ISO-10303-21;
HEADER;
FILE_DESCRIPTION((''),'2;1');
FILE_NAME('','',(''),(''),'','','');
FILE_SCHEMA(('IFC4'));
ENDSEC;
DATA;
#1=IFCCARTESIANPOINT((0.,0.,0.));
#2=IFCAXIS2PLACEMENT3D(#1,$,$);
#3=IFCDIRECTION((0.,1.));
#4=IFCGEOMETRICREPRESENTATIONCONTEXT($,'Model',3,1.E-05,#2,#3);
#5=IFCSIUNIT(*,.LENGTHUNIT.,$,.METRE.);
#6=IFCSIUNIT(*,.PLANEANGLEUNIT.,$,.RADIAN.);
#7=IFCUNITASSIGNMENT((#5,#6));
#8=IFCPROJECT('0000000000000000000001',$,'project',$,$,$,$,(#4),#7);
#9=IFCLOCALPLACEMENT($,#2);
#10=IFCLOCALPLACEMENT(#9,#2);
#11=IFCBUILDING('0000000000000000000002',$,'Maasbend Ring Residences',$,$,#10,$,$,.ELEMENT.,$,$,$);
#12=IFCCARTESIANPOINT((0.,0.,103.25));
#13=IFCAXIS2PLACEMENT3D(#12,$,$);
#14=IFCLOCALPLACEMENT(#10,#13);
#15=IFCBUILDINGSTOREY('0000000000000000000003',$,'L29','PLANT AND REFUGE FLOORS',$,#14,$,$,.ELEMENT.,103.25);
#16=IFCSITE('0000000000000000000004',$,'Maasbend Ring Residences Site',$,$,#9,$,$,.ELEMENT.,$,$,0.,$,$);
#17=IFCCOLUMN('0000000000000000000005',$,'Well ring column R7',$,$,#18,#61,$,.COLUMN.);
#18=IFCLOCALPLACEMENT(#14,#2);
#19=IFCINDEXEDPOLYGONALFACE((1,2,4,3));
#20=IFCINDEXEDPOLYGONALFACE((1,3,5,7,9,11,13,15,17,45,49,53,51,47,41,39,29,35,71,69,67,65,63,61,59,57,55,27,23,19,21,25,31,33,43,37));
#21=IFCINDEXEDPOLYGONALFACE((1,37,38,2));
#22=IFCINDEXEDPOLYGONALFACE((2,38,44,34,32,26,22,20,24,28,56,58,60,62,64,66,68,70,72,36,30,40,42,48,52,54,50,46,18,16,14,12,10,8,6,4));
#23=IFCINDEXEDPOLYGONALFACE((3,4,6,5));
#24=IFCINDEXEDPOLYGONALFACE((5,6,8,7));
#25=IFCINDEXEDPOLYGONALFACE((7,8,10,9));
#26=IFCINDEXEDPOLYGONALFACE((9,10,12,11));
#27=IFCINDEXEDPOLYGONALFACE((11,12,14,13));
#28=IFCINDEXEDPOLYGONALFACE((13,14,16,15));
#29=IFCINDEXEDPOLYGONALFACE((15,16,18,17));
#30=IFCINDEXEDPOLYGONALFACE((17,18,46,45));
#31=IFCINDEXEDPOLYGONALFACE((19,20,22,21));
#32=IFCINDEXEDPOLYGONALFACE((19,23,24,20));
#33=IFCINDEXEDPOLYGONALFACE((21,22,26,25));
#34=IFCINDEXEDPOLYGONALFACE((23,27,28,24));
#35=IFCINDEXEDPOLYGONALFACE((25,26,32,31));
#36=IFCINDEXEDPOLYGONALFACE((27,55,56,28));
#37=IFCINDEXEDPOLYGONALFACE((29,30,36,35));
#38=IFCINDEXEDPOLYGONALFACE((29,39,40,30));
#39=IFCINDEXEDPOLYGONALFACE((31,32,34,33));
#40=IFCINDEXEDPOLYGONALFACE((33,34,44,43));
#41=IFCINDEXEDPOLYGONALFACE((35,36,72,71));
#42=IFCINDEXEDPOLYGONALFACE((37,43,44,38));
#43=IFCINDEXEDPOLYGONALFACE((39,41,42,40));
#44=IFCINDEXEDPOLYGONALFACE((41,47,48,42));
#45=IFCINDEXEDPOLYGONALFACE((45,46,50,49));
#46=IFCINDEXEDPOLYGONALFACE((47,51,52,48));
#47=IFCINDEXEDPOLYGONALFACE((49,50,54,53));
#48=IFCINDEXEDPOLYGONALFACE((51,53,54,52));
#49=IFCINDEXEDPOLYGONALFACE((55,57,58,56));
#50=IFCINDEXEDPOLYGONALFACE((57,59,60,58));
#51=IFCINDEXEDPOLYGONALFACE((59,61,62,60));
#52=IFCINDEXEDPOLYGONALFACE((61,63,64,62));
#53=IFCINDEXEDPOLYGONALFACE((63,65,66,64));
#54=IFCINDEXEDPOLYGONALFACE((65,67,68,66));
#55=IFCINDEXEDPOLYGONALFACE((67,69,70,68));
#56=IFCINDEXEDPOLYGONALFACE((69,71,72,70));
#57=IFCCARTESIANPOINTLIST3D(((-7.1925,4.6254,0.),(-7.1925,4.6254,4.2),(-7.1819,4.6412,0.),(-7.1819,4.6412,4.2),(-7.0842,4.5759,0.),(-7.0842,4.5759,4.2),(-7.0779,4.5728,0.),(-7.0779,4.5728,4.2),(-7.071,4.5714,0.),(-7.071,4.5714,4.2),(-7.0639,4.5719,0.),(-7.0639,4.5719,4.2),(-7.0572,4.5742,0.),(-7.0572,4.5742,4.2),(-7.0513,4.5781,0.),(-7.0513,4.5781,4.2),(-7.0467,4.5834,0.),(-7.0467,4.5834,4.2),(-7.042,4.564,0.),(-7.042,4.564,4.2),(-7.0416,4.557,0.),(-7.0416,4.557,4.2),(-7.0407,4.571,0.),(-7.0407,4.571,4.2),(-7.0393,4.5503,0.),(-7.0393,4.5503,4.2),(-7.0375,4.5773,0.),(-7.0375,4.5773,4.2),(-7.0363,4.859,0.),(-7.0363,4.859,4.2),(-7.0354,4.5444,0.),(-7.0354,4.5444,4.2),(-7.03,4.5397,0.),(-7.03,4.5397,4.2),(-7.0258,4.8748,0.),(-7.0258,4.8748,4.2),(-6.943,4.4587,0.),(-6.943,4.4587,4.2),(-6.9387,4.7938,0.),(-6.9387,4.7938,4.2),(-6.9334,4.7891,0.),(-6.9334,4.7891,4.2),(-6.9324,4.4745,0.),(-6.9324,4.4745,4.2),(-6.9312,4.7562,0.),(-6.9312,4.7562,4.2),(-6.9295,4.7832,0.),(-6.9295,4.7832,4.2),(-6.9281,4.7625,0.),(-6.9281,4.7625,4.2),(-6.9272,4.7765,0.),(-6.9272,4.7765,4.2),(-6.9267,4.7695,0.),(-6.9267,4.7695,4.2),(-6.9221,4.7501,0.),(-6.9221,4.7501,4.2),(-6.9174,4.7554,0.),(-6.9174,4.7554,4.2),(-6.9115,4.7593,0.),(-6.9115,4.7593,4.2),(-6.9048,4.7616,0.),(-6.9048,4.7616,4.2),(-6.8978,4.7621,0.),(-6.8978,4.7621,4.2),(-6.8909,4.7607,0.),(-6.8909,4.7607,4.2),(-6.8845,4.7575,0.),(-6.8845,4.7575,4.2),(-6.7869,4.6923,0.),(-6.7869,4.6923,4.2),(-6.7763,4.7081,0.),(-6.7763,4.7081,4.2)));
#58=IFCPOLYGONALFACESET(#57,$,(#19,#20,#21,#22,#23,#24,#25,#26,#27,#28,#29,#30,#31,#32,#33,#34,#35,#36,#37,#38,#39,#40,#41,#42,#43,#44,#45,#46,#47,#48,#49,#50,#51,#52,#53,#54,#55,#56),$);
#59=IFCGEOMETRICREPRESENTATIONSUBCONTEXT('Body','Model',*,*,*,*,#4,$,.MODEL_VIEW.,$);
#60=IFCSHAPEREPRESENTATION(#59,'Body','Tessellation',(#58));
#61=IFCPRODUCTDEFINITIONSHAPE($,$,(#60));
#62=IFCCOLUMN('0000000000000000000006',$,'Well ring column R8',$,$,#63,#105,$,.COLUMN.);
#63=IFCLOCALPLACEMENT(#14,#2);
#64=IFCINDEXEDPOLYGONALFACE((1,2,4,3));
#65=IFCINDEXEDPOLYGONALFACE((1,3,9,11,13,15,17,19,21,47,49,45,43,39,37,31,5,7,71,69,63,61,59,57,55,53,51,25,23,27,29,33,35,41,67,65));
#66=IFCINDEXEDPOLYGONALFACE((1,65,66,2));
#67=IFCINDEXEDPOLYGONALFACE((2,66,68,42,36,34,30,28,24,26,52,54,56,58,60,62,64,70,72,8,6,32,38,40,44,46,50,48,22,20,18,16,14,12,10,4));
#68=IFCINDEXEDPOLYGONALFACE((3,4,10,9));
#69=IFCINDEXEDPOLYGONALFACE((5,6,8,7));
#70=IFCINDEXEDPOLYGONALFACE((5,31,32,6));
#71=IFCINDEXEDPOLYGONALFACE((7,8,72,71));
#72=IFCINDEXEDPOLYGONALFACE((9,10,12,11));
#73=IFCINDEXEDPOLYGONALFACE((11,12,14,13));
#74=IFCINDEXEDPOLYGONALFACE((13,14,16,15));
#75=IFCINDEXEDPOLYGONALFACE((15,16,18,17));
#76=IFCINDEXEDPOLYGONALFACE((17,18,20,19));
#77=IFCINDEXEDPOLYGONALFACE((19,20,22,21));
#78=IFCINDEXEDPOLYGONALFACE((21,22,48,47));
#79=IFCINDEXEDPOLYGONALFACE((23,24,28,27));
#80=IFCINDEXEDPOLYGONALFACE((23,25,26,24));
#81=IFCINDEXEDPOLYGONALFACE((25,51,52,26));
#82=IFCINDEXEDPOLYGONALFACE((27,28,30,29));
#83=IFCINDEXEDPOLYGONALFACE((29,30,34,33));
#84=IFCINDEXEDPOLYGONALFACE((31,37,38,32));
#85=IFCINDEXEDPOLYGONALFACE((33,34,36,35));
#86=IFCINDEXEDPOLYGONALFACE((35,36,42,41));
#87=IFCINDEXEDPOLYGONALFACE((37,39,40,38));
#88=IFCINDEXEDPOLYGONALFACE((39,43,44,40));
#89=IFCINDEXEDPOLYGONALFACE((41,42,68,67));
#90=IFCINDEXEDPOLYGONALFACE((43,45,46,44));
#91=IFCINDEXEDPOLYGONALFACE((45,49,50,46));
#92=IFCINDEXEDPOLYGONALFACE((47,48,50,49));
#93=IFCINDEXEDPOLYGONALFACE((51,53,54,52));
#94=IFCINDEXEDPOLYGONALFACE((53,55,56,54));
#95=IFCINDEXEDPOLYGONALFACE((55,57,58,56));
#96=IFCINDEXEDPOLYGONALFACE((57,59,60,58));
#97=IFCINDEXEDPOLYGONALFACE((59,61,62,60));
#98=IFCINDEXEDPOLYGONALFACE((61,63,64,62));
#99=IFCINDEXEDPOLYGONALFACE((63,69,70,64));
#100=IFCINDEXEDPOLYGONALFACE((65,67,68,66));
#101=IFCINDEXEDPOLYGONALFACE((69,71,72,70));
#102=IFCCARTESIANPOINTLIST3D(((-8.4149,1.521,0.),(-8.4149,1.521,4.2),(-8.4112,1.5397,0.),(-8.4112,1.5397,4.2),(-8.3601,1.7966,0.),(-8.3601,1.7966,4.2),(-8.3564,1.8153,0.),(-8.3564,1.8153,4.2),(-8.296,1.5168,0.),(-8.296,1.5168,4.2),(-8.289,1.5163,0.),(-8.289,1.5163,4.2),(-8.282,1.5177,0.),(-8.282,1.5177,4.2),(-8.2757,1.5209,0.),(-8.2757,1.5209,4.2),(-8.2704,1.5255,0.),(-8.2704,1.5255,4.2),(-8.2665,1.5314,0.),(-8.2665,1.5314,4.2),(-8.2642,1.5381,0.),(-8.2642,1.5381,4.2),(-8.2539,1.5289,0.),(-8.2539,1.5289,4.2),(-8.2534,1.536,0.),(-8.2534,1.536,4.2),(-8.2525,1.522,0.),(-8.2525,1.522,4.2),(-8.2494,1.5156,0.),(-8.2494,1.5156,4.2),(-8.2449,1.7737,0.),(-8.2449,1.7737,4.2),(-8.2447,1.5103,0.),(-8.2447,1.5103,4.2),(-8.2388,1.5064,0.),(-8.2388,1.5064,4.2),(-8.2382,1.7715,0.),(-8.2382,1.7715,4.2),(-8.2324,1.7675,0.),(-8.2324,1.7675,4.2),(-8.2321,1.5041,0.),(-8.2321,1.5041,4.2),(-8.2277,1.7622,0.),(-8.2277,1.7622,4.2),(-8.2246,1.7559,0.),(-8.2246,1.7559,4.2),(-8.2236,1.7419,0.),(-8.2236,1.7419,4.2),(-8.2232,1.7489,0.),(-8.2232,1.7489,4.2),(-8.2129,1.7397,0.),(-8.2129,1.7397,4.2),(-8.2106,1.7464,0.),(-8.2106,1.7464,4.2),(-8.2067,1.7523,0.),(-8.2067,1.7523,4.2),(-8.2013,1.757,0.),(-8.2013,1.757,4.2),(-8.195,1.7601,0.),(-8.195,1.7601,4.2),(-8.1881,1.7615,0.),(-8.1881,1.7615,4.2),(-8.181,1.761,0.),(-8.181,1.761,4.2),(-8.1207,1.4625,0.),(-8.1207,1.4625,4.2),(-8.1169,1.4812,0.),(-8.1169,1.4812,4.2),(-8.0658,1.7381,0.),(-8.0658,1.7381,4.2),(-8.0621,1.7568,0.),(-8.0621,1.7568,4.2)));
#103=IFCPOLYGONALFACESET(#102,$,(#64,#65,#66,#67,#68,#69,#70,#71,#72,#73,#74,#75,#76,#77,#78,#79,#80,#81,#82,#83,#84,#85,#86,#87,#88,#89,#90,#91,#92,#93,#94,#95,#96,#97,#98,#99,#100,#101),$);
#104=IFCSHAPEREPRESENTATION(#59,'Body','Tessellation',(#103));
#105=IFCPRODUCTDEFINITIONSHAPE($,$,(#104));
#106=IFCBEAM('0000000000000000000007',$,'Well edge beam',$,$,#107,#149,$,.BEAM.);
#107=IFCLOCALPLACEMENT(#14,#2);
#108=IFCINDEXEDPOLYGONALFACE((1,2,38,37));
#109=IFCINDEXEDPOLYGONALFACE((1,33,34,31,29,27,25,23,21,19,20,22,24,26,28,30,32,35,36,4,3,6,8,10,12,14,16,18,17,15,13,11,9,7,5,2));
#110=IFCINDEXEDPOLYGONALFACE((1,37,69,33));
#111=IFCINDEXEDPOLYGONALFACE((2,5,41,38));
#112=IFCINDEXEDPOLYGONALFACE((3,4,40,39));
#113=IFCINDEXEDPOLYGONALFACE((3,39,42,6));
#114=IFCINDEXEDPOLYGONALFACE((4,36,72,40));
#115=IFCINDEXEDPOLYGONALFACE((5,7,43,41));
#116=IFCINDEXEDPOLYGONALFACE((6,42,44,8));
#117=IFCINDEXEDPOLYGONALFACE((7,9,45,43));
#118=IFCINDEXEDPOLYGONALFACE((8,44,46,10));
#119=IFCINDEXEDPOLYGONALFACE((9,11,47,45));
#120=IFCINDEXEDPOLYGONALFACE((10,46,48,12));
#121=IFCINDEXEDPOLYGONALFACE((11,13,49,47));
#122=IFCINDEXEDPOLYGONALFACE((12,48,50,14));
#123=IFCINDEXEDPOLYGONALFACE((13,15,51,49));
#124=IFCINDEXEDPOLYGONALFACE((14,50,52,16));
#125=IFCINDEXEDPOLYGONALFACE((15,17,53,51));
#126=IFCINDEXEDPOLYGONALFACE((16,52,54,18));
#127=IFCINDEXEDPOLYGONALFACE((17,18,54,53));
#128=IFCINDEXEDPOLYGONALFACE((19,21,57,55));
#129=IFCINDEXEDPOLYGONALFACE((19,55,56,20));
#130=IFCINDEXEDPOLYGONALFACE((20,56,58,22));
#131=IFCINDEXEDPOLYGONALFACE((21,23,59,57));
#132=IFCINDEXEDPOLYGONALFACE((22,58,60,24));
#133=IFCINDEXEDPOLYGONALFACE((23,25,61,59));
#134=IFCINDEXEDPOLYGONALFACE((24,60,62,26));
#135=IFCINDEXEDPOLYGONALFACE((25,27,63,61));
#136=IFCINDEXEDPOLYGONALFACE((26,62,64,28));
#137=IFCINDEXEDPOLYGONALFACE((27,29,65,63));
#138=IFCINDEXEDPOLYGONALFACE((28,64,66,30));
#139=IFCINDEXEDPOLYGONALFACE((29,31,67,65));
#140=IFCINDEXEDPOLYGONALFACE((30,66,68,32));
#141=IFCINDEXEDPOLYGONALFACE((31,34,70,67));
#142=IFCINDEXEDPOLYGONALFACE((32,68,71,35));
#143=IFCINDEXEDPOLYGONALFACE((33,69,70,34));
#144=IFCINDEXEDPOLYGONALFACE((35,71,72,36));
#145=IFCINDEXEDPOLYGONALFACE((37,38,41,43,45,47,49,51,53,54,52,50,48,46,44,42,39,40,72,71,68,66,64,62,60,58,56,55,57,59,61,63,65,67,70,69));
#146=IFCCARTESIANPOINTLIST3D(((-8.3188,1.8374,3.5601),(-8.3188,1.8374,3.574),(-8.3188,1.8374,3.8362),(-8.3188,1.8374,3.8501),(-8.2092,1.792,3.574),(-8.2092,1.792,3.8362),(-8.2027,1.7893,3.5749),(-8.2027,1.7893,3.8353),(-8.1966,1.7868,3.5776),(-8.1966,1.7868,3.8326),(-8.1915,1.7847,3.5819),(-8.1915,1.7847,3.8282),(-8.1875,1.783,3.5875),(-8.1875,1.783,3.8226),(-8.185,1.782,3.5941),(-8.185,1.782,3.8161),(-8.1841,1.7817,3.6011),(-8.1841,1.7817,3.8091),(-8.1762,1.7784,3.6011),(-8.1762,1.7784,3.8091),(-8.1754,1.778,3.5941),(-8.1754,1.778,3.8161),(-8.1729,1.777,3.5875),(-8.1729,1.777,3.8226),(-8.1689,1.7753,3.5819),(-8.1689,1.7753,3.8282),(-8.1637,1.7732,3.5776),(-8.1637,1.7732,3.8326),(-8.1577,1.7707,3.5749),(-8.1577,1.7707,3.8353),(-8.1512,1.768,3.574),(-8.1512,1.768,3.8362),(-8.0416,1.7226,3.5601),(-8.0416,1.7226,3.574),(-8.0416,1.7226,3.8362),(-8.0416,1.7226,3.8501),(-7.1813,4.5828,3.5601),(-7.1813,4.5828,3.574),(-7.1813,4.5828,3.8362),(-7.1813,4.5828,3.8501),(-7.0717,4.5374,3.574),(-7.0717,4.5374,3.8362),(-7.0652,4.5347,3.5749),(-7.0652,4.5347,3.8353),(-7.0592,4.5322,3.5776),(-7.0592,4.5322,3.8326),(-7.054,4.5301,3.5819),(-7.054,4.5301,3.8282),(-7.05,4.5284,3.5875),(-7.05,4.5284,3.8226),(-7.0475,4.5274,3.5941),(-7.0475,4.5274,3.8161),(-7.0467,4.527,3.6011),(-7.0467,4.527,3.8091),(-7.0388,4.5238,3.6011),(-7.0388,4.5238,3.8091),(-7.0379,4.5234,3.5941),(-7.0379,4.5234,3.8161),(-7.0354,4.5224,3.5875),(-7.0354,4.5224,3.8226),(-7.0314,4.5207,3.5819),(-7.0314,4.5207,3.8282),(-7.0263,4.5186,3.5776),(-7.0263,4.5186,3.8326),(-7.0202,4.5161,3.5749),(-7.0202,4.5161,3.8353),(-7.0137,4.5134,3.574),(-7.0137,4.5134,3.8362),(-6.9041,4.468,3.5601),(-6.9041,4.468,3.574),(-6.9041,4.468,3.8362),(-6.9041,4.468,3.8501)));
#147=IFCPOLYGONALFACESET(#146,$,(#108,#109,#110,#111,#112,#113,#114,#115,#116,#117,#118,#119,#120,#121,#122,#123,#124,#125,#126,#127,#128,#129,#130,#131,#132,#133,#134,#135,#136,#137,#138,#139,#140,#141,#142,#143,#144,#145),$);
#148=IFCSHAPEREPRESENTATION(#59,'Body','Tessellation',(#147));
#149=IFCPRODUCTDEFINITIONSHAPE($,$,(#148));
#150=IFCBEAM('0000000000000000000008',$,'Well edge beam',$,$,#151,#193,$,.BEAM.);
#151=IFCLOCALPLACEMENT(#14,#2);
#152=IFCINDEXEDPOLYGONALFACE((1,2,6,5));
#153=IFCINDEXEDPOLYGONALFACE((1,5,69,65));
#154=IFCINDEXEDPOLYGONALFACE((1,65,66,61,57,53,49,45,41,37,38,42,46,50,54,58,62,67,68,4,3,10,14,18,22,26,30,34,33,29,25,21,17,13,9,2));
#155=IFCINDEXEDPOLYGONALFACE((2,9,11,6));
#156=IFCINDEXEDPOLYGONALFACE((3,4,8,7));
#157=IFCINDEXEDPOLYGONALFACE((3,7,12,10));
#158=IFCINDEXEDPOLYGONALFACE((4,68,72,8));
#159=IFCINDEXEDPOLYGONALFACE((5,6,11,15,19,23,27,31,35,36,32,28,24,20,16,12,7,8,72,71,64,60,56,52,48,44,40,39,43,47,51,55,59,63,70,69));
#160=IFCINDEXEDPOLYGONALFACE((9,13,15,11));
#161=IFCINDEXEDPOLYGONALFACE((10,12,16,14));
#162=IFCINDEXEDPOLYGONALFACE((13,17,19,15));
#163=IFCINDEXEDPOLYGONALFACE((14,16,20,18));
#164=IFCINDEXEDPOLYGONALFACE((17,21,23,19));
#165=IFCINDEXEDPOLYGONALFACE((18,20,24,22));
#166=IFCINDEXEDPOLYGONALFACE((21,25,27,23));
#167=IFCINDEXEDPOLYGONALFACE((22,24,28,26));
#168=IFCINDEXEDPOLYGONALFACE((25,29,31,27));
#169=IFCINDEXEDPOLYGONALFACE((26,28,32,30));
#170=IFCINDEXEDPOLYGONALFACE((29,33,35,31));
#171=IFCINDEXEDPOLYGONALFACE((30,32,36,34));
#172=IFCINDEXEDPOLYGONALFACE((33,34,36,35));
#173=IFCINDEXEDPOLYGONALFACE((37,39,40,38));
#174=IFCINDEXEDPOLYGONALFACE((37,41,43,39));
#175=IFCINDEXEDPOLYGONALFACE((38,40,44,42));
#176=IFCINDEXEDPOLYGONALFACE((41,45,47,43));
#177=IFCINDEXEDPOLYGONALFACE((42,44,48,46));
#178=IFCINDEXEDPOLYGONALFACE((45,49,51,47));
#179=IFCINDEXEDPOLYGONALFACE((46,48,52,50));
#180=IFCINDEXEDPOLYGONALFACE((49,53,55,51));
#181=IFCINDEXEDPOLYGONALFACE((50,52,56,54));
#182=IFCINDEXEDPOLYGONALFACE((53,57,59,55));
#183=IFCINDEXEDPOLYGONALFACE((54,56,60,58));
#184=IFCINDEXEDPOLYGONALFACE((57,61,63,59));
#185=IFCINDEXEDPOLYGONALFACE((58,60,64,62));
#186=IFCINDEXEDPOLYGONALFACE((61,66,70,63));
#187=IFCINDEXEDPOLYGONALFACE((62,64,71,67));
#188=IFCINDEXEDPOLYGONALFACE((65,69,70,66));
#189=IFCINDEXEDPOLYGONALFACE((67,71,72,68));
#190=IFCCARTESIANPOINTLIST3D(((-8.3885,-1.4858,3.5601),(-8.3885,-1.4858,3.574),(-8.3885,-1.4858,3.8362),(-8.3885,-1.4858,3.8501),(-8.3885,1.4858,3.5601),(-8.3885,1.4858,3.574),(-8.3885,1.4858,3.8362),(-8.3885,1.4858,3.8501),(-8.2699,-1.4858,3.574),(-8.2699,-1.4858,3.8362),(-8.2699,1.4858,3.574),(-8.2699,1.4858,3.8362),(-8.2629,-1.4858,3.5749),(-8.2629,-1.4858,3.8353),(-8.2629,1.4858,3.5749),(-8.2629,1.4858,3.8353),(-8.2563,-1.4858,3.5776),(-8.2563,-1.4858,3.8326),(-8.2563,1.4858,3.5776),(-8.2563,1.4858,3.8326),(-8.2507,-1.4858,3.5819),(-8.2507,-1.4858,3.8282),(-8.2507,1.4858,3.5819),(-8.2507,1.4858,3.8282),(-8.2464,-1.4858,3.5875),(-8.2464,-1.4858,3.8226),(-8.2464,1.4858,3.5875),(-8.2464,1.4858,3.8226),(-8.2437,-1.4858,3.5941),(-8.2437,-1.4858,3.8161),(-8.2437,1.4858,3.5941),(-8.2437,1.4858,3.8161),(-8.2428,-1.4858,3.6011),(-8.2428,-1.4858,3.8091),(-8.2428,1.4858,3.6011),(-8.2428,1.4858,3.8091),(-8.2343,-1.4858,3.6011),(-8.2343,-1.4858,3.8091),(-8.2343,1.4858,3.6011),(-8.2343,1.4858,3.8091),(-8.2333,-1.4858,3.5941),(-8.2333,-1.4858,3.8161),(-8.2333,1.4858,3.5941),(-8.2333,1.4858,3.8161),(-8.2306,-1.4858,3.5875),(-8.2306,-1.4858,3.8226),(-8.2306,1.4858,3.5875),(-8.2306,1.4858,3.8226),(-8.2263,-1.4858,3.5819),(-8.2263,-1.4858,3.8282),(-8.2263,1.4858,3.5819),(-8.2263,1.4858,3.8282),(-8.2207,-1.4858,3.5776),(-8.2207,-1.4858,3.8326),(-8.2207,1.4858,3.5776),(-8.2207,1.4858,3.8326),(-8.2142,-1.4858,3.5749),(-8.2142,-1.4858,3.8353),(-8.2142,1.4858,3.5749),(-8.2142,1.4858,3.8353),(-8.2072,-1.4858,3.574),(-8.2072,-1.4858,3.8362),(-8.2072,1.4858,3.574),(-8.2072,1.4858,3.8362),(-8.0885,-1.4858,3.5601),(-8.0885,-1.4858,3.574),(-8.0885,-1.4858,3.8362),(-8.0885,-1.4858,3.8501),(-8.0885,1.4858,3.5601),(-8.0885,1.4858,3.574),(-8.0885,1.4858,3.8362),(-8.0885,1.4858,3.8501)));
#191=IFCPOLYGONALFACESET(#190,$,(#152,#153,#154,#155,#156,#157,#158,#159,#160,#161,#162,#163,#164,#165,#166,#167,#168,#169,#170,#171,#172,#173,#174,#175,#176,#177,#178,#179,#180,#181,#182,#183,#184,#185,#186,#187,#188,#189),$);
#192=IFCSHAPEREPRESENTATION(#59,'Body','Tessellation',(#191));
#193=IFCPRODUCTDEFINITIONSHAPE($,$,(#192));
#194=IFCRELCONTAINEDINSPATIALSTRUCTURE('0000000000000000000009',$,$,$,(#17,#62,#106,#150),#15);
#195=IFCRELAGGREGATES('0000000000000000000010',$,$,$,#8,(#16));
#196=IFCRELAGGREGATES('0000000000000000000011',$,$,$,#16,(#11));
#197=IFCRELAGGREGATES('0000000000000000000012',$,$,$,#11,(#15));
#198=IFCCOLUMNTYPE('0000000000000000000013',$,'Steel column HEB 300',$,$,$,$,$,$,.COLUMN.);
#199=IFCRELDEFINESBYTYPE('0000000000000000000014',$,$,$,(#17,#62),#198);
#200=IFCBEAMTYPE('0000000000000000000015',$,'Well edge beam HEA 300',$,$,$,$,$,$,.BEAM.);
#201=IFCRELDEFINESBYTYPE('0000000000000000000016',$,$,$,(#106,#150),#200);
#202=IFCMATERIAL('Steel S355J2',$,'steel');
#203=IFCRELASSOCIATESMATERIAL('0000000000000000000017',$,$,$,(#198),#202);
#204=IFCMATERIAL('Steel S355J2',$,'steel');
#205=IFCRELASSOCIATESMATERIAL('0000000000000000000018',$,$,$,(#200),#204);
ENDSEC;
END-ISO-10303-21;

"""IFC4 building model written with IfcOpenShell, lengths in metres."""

from ifc_helpers import new_model, si_unit, direction, frame, origin, origin_2d, place, context, subcontext, project, spatial, i_section, extrude, material, material_profile, profile_set, type_object, element, save


model = new_model("IFC4")

# Units and contexts
model_context = context("Model", 3, precision=1e-05, world=origin(), true_north=direction((0.0, 1.0)))
body_context = subcontext(model_context, "Body", "Model", "MODEL_VIEW")
ifc_project = project(units=[si_unit("LENGTHUNIT", "METRE"), si_unit("PLANEANGLEUNIT", "RADIAN")], contexts=[model_context])

# Site, building, storey
site_placement = place(None, origin())
site = spatial("IfcSite", under=ifc_project, at=site_placement, Name="Maasbend Ring Residences Site", CompositionType="ELEMENT", RefElevation=0.0)
building_placement = place(site_placement, origin())
building = spatial("IfcBuilding", under=site, at=building_placement, Name="Maasbend Ring Residences", CompositionType="ELEMENT")
storey_placement = place(building_placement, frame((0.0, 0.0, 103.25)))
storey = spatial("IfcBuildingStorey", under=building, at=storey_placement, Name="L29", Description="PLANT AND REFUGE FLOORS", CompositionType="ELEMENT", Elevation=103.25)

# Columns
ifc_material_1 = material(Name="Steel S355J2", Category="steel")
ifc_material_profile_1 = material_profile(ifc_material_1, i_section(OverallWidth=0.3, OverallDepth=0.3, WebThickness=0.011, FlangeThickness=0.019, FilletRadius=0.0271, at=origin_2d()), Name="HEB 300")
ifc_profile_set_1 = profile_set([ifc_material_profile_1], Name="Steel S355J2")
column_type = type_object("IfcColumnType", Name="Steel column HEB 300", PredefinedType="COLUMN", material=ifc_profile_set_1)
for number, where, z_axis, x_axis, name in (
    (1, (-6.9844, 4.6667, 0.0), (0.0, 0.0, 1.0), (-0.83147, 0.55557, 0.0), "Well ring column R7"),
    (2, (-8.2385, 1.6389, 0.0), (0.0, 0.0, 1.0), (-0.980785, 0.19509, 0.0), "Well ring column R8"),
):
    element("IfcColumn", number, at=place(storey_placement, frame(where, z_axis=z_axis, x_axis=x_axis)), inside=storey, type_object=column_type, Name=name, PredefinedType="COLUMN", context=body_context, shape_type="SweptSolid", body=[
        extrude(i_section(OverallWidth=0.3, OverallDepth=0.3, WebThickness=0.011, FlangeThickness=0.019, FilletRadius=0.0271, at=origin_2d()), origin(), (0.0, 0.0, 1.0), 4.2),
    ])

# Beams
ifc_material_2 = material(Name="Steel S355J2", Category="steel")
ifc_material_profile_2 = material_profile(ifc_material_2, i_section(OverallWidth=0.3, OverallDepth=0.29, WebThickness=0.0085, FlangeThickness=0.0139, FilletRadius=0.0271, at=origin_2d()), Name="HEA 300")
ifc_profile_set_2 = profile_set([ifc_material_profile_2], Name="Steel S355J2")
beam_type = type_object("IfcBeamType", Name="Well edge beam HEA 300", PredefinedType="BEAM", material=ifc_profile_set_2)
for number, where, z_axis, x_axis, name in (
    (3, (-7.0427, 4.5254, 3.7051), (-0.382765, -0.923846, 0.0), (0.923846, -0.382765, 0.0), "Well edge beam"),
    (4, (-8.2385, 1.4858, 3.7051), (0.0, -1.0, 0.0), (1.0, 0.0, 0.0), "Well edge beam"),
):
    element("IfcBeam", number, at=place(storey_placement, frame(where, z_axis=z_axis, x_axis=x_axis)), inside=storey, type_object=beam_type, Name=name, PredefinedType="BEAM", context=body_context, shape_type="SweptSolid", body=[
        extrude(i_section(OverallWidth=0.3, OverallDepth=0.29, WebThickness=0.0085, FlangeThickness=0.0139, FilletRadius=0.0271, at=origin_2d()), origin(), (0.0, 0.0, 1.0), 2.9717),
    ])

save(model, "model.ifc")
